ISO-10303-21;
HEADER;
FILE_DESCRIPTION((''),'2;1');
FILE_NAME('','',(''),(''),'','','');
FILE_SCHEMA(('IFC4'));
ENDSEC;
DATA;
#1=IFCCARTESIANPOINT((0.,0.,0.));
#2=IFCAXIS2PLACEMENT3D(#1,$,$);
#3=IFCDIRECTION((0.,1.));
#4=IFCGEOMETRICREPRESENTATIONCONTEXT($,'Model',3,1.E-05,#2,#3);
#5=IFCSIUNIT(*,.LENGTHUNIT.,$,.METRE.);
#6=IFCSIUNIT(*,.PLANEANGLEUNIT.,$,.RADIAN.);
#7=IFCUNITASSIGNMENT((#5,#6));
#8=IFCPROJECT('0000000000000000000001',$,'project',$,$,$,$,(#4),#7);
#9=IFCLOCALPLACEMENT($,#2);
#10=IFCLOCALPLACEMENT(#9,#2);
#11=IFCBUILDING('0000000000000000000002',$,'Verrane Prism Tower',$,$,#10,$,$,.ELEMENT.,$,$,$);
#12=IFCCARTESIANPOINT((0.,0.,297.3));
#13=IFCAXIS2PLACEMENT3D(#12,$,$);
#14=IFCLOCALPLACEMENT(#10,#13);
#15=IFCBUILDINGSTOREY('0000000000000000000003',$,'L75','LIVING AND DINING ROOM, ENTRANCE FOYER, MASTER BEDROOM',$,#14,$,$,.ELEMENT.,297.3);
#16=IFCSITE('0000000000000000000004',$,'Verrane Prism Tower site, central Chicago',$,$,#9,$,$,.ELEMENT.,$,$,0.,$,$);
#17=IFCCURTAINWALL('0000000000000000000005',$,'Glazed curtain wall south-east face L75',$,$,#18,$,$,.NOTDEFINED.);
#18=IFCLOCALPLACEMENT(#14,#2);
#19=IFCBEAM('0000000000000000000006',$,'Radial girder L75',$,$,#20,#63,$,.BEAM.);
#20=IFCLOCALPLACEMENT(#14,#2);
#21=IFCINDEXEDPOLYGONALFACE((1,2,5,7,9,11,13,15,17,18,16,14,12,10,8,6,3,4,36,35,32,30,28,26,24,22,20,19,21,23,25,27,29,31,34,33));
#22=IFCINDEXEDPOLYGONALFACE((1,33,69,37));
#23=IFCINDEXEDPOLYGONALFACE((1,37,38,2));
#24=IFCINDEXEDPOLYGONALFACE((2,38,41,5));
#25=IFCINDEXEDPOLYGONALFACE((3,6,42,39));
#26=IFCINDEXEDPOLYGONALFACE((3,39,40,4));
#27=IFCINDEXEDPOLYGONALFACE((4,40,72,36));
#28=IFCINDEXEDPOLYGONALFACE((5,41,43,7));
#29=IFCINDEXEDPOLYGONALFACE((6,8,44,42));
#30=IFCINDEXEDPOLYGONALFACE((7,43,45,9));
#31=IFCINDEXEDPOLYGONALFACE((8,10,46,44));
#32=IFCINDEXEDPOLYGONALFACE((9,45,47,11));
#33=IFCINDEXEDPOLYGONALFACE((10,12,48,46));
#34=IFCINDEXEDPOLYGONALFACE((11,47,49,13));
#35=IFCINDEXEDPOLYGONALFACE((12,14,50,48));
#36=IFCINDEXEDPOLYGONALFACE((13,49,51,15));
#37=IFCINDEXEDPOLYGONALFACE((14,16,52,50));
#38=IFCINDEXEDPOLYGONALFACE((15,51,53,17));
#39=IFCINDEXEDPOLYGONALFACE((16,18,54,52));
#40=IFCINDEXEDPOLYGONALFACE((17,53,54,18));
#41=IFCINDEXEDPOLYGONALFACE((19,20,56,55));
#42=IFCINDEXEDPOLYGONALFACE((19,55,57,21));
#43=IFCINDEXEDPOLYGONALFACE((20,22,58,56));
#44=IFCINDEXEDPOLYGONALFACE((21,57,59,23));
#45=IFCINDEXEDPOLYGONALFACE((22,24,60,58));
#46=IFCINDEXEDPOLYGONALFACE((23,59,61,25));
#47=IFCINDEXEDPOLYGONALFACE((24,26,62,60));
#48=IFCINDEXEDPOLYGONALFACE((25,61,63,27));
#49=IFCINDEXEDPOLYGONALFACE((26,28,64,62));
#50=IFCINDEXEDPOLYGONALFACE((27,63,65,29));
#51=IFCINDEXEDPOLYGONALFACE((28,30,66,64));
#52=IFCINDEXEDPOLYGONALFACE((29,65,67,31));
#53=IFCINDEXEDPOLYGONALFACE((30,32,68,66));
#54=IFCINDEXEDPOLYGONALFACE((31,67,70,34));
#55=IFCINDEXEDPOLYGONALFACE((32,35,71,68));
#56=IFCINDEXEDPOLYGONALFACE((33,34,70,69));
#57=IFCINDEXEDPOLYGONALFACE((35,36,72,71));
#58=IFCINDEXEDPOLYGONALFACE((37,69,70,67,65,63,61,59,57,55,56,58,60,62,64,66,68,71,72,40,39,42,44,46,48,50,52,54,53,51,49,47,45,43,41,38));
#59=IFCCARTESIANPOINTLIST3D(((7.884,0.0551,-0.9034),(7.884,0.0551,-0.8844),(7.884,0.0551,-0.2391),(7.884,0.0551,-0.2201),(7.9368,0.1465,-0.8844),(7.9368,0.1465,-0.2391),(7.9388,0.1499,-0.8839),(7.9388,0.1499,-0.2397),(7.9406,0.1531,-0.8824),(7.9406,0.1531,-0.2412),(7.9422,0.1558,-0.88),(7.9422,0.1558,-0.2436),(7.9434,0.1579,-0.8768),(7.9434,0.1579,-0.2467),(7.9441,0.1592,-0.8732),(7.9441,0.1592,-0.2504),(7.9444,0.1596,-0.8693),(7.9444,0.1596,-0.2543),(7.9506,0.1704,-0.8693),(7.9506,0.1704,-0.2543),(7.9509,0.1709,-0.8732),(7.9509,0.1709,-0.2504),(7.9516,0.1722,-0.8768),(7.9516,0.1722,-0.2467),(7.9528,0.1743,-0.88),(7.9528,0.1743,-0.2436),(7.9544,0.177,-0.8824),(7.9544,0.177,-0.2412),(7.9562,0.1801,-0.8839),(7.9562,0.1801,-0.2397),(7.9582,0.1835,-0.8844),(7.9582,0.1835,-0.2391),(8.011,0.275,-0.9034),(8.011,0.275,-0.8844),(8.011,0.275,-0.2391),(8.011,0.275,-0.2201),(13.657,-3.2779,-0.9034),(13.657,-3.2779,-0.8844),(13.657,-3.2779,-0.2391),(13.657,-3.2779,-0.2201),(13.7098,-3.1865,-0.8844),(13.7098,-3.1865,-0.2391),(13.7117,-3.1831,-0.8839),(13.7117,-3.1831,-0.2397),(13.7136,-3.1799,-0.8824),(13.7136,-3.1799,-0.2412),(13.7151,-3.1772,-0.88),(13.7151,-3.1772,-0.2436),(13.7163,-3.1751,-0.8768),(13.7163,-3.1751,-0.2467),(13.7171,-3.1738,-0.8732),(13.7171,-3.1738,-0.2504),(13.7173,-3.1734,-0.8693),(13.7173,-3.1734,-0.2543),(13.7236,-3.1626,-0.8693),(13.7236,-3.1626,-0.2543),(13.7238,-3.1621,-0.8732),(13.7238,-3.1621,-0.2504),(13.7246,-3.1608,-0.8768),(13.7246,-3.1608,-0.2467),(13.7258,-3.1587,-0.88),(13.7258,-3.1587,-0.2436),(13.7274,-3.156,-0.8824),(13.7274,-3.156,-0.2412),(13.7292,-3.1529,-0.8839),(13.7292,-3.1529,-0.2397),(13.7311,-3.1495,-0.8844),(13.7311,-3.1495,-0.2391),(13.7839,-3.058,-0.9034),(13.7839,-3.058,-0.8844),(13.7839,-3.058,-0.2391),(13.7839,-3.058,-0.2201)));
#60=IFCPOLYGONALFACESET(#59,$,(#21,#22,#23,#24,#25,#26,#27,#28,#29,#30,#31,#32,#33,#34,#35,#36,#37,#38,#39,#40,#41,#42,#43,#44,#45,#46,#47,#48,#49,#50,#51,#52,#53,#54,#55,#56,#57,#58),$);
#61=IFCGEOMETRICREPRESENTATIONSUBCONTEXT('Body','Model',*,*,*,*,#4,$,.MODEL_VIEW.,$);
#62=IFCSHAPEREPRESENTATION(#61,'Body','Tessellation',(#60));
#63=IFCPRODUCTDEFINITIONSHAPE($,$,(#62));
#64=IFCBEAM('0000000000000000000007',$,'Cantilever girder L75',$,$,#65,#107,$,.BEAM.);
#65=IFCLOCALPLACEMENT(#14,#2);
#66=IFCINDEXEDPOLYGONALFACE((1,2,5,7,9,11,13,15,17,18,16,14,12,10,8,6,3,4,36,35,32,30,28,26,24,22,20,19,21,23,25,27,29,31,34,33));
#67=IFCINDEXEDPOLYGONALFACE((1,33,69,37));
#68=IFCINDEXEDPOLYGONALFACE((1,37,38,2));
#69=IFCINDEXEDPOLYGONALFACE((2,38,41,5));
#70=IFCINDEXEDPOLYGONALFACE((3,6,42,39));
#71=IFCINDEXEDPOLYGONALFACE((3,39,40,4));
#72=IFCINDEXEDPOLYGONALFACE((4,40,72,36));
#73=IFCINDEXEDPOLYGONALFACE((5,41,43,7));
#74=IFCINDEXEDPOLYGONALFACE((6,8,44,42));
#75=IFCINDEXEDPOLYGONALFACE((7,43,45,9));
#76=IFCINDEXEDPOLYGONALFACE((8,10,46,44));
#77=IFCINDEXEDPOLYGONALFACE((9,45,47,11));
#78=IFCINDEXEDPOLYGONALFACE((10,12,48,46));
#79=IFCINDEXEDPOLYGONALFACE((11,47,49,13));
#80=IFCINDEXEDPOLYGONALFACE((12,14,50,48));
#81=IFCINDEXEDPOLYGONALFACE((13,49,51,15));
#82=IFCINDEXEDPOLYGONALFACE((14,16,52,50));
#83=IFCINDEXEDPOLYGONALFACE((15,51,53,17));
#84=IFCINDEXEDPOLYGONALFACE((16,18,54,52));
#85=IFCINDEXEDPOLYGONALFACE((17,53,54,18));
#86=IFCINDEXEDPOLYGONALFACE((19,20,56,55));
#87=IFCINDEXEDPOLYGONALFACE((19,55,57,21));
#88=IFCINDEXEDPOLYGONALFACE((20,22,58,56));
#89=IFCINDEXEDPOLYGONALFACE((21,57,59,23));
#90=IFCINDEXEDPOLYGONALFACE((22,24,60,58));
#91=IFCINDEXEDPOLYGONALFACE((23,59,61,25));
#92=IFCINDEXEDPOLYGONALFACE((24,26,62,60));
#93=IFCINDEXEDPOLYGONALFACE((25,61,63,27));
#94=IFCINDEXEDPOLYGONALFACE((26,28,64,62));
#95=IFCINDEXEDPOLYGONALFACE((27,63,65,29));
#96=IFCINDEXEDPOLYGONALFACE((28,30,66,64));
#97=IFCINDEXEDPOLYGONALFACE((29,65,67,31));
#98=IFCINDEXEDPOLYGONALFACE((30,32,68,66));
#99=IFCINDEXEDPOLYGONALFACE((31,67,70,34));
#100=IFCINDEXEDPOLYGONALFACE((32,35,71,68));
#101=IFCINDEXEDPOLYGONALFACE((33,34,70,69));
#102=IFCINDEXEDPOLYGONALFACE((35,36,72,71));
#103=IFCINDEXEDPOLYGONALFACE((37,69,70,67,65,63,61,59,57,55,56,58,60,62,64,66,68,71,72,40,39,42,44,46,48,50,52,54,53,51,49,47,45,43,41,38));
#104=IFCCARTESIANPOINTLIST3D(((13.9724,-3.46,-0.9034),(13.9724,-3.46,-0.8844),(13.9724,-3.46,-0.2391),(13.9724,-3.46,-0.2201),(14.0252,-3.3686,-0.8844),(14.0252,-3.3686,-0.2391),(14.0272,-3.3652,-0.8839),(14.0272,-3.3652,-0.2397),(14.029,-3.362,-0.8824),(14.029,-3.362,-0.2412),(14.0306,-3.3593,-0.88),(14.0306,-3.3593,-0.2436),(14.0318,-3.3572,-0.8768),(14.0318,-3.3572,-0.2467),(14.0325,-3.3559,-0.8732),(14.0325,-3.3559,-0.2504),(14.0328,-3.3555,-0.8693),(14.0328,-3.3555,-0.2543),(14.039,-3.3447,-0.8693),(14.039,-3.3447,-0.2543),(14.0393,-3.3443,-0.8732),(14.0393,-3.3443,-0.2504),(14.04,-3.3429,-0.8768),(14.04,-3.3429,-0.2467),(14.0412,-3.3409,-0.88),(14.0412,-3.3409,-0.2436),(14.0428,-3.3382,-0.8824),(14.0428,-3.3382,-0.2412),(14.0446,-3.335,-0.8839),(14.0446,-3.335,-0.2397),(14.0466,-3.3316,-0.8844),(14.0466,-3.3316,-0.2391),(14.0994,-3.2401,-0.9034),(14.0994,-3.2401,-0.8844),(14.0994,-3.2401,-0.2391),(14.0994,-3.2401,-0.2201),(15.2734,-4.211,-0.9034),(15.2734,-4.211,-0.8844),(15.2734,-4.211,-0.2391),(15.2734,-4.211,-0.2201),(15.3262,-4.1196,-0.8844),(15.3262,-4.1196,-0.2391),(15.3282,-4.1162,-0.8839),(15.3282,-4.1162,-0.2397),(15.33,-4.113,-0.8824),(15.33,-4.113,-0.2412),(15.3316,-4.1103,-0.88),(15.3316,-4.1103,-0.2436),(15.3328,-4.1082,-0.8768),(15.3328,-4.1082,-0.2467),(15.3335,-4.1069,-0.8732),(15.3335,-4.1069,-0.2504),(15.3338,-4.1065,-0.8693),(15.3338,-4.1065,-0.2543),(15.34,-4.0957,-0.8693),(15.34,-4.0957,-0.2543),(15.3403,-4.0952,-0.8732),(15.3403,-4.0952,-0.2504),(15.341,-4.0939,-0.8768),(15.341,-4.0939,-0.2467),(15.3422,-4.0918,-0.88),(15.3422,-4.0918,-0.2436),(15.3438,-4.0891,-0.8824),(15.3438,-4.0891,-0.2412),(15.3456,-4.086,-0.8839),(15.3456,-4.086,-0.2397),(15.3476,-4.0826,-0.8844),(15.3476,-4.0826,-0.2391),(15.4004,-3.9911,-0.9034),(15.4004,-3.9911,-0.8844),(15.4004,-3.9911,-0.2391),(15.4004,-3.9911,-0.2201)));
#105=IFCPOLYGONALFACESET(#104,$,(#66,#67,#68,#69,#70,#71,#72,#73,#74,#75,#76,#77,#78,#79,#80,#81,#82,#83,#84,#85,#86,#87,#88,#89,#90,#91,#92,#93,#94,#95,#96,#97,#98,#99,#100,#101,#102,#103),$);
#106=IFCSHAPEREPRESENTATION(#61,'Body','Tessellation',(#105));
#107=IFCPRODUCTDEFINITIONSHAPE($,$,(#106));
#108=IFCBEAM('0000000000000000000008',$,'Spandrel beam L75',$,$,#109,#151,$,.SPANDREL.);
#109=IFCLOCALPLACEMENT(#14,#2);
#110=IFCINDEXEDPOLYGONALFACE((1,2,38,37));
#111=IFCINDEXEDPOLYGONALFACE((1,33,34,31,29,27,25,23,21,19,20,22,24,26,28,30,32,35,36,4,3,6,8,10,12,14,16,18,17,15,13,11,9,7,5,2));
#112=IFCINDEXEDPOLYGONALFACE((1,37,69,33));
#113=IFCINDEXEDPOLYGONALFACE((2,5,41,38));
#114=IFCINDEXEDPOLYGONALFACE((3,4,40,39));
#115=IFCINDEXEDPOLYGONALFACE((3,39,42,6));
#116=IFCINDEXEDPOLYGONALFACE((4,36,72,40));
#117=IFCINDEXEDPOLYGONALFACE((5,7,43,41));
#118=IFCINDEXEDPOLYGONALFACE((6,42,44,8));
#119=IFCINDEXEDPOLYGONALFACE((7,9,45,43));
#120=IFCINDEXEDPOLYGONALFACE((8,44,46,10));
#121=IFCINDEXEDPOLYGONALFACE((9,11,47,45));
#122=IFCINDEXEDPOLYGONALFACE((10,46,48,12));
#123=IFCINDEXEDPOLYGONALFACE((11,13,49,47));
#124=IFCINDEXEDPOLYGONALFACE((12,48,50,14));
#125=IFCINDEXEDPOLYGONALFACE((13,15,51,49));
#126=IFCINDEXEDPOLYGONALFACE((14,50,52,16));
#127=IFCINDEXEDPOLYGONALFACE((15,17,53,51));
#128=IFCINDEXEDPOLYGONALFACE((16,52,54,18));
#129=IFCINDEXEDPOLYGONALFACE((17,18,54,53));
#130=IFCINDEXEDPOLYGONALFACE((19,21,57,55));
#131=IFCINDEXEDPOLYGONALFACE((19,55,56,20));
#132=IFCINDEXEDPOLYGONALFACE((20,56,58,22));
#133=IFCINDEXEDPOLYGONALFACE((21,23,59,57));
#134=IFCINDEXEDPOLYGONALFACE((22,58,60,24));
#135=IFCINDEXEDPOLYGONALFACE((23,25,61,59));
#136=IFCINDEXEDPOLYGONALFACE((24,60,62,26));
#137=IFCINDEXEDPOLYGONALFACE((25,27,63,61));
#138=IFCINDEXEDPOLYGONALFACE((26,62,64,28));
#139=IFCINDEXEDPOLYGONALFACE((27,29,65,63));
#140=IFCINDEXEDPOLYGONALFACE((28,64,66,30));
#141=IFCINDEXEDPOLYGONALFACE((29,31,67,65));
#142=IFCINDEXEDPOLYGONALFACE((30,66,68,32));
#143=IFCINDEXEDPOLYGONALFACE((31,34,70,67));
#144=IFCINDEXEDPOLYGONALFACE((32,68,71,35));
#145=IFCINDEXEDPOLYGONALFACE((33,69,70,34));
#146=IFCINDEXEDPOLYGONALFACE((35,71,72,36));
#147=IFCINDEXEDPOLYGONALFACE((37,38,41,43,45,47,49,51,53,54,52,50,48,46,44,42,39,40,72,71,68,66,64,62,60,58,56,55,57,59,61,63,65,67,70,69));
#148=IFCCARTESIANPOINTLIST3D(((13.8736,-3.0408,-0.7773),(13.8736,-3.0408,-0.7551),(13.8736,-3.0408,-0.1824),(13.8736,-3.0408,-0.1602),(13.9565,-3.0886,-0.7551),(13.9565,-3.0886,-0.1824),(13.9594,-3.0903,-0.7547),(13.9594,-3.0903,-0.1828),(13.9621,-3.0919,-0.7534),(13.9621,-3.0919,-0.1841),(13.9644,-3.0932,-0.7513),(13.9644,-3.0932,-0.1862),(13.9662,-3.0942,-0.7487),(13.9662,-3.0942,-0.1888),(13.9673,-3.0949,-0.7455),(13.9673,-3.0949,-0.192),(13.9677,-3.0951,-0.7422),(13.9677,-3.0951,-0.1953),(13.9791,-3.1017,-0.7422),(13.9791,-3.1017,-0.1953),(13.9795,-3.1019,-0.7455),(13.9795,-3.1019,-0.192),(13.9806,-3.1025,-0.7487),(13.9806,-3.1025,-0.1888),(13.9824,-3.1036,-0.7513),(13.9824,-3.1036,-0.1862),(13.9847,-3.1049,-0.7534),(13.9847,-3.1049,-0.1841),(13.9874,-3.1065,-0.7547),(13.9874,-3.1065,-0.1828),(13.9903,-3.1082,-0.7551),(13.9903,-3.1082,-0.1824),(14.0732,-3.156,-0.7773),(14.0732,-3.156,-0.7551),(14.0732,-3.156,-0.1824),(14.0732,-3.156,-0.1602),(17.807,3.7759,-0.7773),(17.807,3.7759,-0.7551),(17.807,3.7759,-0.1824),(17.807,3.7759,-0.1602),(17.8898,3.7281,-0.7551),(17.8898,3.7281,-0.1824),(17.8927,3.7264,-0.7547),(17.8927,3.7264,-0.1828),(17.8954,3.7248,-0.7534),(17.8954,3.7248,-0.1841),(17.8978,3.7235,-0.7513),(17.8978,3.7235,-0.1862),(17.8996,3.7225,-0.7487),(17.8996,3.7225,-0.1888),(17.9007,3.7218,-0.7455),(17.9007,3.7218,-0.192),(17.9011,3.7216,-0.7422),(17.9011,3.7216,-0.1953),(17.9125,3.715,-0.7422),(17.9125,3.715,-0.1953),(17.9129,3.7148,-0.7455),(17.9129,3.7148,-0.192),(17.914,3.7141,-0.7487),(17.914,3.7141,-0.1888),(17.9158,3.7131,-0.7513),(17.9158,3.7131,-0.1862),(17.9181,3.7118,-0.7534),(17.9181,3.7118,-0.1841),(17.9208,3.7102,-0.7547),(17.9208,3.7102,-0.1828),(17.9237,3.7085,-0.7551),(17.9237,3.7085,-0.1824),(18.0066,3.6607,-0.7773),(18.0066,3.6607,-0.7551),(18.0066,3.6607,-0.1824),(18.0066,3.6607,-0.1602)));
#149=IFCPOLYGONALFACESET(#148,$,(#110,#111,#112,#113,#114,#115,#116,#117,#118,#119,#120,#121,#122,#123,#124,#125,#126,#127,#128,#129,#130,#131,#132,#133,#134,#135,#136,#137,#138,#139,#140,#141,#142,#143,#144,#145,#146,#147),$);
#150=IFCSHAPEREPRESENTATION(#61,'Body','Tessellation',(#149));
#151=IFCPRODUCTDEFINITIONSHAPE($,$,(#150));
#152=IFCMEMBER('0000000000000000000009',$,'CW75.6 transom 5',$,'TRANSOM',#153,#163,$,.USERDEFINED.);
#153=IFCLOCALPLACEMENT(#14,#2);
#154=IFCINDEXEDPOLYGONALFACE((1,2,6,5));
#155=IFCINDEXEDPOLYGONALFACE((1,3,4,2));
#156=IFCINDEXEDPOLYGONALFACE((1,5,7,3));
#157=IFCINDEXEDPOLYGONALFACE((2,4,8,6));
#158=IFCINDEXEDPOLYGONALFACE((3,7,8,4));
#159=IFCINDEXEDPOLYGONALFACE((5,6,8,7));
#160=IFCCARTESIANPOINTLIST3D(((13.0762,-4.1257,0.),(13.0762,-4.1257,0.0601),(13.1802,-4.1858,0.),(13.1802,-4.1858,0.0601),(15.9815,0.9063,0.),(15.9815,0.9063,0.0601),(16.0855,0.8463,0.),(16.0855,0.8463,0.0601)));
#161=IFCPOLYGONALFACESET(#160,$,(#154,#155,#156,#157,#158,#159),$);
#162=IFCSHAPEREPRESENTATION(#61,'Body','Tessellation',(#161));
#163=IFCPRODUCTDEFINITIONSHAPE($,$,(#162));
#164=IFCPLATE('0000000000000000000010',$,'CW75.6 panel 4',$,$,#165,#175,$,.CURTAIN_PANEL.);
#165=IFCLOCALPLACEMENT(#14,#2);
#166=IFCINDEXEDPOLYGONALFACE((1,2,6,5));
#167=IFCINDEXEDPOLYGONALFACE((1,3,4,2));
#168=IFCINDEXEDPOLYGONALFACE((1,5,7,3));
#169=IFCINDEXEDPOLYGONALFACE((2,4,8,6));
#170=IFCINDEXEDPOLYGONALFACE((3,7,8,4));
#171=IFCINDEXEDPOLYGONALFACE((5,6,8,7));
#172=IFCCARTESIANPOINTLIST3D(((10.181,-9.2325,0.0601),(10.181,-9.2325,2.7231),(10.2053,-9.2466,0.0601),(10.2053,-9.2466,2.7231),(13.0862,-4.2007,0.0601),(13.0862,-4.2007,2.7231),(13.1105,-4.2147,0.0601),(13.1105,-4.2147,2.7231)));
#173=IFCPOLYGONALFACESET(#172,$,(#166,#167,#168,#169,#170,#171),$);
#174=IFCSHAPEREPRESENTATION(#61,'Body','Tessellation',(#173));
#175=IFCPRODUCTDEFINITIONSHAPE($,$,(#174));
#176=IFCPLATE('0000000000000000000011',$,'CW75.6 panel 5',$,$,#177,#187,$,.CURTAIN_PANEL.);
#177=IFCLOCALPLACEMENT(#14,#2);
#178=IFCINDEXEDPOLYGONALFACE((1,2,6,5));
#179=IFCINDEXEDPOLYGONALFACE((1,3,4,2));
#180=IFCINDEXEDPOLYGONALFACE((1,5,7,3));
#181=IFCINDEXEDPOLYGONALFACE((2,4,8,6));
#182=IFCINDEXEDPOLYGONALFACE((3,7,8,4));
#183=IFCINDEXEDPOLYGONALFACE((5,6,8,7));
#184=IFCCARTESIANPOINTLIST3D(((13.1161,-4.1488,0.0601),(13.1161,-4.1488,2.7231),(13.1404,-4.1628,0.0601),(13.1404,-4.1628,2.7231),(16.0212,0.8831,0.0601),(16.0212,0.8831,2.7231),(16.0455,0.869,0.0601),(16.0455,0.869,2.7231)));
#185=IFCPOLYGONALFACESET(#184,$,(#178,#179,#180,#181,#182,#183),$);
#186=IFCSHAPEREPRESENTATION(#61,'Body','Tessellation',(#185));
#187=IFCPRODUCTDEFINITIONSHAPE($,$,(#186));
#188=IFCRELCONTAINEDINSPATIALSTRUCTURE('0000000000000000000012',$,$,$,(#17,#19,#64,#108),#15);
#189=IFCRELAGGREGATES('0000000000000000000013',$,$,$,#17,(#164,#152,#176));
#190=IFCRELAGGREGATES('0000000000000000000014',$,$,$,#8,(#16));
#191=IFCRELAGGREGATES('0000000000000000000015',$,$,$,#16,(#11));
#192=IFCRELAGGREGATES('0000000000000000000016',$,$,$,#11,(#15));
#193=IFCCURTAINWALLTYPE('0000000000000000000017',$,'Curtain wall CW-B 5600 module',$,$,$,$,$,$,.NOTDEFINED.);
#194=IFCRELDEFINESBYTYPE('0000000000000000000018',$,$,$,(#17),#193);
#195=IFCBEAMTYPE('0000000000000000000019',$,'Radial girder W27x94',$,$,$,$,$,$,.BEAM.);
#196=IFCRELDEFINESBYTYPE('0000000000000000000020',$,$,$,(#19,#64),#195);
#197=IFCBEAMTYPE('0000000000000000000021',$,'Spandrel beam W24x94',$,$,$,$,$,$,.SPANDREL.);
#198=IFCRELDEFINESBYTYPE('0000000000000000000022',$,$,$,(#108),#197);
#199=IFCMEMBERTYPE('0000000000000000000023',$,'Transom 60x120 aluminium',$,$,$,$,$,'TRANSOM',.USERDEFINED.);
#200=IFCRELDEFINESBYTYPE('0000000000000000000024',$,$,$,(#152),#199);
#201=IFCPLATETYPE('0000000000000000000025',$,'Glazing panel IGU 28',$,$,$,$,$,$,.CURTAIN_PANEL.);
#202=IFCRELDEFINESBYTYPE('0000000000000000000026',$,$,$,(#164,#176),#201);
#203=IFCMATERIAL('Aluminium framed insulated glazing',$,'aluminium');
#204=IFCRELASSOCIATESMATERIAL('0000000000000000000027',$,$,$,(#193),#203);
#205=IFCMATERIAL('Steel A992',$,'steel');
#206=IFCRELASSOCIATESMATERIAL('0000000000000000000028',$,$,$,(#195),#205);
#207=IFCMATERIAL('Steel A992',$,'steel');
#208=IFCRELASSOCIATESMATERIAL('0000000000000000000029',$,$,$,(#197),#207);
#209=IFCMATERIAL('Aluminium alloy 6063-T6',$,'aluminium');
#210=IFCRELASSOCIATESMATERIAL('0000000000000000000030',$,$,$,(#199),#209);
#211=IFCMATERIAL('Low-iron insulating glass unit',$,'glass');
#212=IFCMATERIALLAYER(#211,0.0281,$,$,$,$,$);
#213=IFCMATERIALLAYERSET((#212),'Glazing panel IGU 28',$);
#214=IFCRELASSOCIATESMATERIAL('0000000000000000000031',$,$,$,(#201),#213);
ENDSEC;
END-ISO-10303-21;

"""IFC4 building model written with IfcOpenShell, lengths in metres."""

from ifc_helpers import new_model, si_unit, direction, frame, origin, origin_2d, place, context, subcontext, project, spatial, rectangle, i_section, extrude, material, layer, layer_set, material_profile, profile_set, type_object, element, aggregate, save


model = new_model("IFC4")

# Units and contexts
model_context = context("Model", 3, precision=1e-05, world=origin(), true_north=direction((0.0, 1.0)))
body_context = subcontext(model_context, "Body", "Model", "MODEL_VIEW")
ifc_project = project(units=[si_unit("LENGTHUNIT", "METRE"), si_unit("PLANEANGLEUNIT", "RADIAN")], contexts=[model_context])

# Site, building, storey
site_placement = place(None, origin())
site = spatial("IfcSite", under=ifc_project, at=site_placement, Name="Verrane Prism Tower site, central Chicago", CompositionType="ELEMENT", RefElevation=0.0)
building_placement = place(site_placement, origin())
building = spatial("IfcBuilding", under=site, at=building_placement, Name="Verrane Prism Tower", CompositionType="ELEMENT")
storey_placement = place(building_placement, frame((0.0, 0.0, 297.3)))
storey = spatial("IfcBuildingStorey", under=building, at=storey_placement, Name="L75", Description="LIVING AND DINING ROOM, ENTRANCE FOYER, MASTER BEDROOM", CompositionType="ELEMENT", Elevation=297.3)

# Curtain wall
ifc_material_1 = material(Name="Aluminium framed insulated glazing", Category="aluminium")
curtain_wall_type = type_object("IfcCurtainWallType", Name="Curtain wall CW-B 5600 module", PredefinedType="NOTDEFINED", material=ifc_material_1)
curtain_wall_placement = place(storey_placement, origin())
curtain_wall = element("IfcCurtainWall", 1, at=curtain_wall_placement, inside=storey, type_object=curtain_wall_type, Name="Glazed curtain wall south-east face L75", PredefinedType="NOTDEFINED")

# Beams
ifc_material_2 = material(Name="Steel A992", Category="steel")
ifc_material_profile_1 = material_profile(ifc_material_2, i_section(OverallWidth=0.2539, OverallDepth=0.6833, WebThickness=0.0125, FlangeThickness=0.019, FilletRadius=0.0151, at=origin_2d()), Name="W27x94")
ifc_profile_set_1 = profile_set([ifc_material_profile_1], Name="Steel A992")
beam_type_1 = type_object("IfcBeamType", Name="Radial girder W27x94", PredefinedType="BEAM", material=ifc_profile_set_1)
beam_1_placement = place(storey_placement, frame((13.7205, -3.168, -0.5618), z_axis=(-0.866026, 0.499999, 0.0), x_axis=(-0.499999, -0.866026, 0.0)))
element("IfcBeam", 2, at=beam_1_placement, inside=storey, type_object=beam_type_1, Name="Radial girder L75", PredefinedType="BEAM", context=body_context, shape_type="SweptSolid", body=[
    extrude(i_section(OverallWidth=0.2539, OverallDepth=0.6833, WebThickness=0.0125, FlangeThickness=0.019, FilletRadius=0.0151, at=origin_2d()), origin(), (0.0, 0.0, 1.0), 6.666),
])
beam_2_placement = place(storey_placement, frame((14.0359, -3.3501, -0.5618), z_axis=(0.866075, -0.499915, 0.0), x_axis=(0.499915, 0.866075, 0.0)))
element("IfcBeam", 3, at=beam_2_placement, inside=storey, type_object=beam_type_1, Name="Cantilever girder L75", PredefinedType="BEAM", context=body_context, shape_type="SweptSolid", body=[
    extrude(i_section(OverallWidth=0.2539, OverallDepth=0.6833, WebThickness=0.0125, FlangeThickness=0.019, FilletRadius=0.0151, at=origin_2d()), origin(), (0.0, 0.0, 1.0), 1.5022),
])
ifc_material_3 = material(Name="Steel A992", Category="steel")
ifc_material_profile_2 = material_profile(ifc_material_3, i_section(OverallWidth=0.2305, OverallDepth=0.6172, WebThickness=0.0132, FlangeThickness=0.0222, FilletRadius=0.0129, at=origin_2d()), Name="W24x94")
ifc_profile_set_2 = profile_set([ifc_material_profile_2], Name="Steel A992")
beam_type_2 = type_object("IfcBeamType", Name="Spandrel beam W24x94", PredefinedType="SPANDREL", material=ifc_profile_set_2)
beam_3_placement = place(storey_placement, frame((13.9734, -3.0984, -0.4688), z_axis=(0.499786, 0.866149, 0.0), x_axis=(-0.866149, 0.499786, 0.0)))
element("IfcBeam", 4, at=beam_3_placement, inside=storey, type_object=beam_type_2, Name="Spandrel beam L75", PredefinedType="SPANDREL", context=body_context, shape_type="SweptSolid", body=[
    extrude(i_section(OverallWidth=0.2305, OverallDepth=0.6172, WebThickness=0.0132, FlangeThickness=0.0222, FilletRadius=0.0129, at=origin_2d()), origin(), (0.0, 0.0, 1.0), 7.8701),
])

# Member
ifc_material_4 = material(Name="Aluminium alloy 6063-T6", Category="aluminium")
ifc_material_profile_3 = material_profile(ifc_material_4, rectangle(XDim=0.1201, YDim=0.0601, at=origin_2d()), Name="Transom 60x120 aluminium")
ifc_profile_set_3 = profile_set([ifc_material_profile_3], Name="Aluminium alloy 6063-T6")
member_type_1 = type_object("IfcMemberType", Name="Transom 60x120 aluminium", ElementType="TRANSOM", PredefinedType="USERDEFINED", material=ifc_profile_set_3)
member_1_placement = place(storey_placement, frame((13.1282, -4.1558, 0.03), z_axis=(0.500007, 0.866021, 0.0), x_axis=(-0.866021, 0.500007, 0.0)))
member_1 = element("IfcMember", 5, at=member_1_placement, type_object=member_type_1, Name="CW75.6 transom 5", ObjectType="TRANSOM", PredefinedType="USERDEFINED", context=body_context, shape_type="SweptSolid", body=[
    extrude(rectangle(XDim=0.1201, YDim=0.0601, at=origin_2d()), origin(), (0.0, 0.0, 1.0), 5.8105),
])

# Plates
ifc_material_5 = material(Name="Low-iron insulating glass unit", Category="glass")
ifc_layer_1 = layer(ifc_material_5, 0.0281)
ifc_layer_set_1 = layer_set([ifc_layer_1], Name="Glazing panel IGU 28")
plate_type = type_object("IfcPlateType", Name="Glazing panel IGU 28", PredefinedType="CURTAIN_PANEL", material=ifc_layer_set_1)
plate_1_placement = place(storey_placement, frame((11.6458, -6.7236, 0.0601), z_axis=(0.0, 0.0, 1.0), x_axis=(0.500001, 0.866025, 0.0)))
plate_1 = element("IfcPlate", 6, at=plate_1_placement, type_object=plate_type, Name="CW75.6 panel 4", PredefinedType="CURTAIN_PANEL", context=body_context, shape_type="SweptSolid", body=[
    extrude(rectangle(XDim=5.8103, YDim=0.0281, at=origin_2d()), origin(), (0.0, 0.0, 1.0), 2.6631),
])
plate_2_placement = place(storey_placement, frame((14.5808, -1.6399, 0.0601), z_axis=(0.0, 0.0, 1.0), x_axis=(0.500001, 0.866025, 0.0)))
plate_2 = element("IfcPlate", 7, at=plate_2_placement, type_object=plate_type, Name="CW75.6 panel 5", PredefinedType="CURTAIN_PANEL", context=body_context, shape_type="SweptSolid", body=[
    extrude(rectangle(XDim=5.8103, YDim=0.0281, at=origin_2d()), origin(), (0.0, 0.0, 1.0), 2.6631),
])
aggregate(curtain_wall, [plate_1, member_1, plate_2])

save(model, "model.ifc")
